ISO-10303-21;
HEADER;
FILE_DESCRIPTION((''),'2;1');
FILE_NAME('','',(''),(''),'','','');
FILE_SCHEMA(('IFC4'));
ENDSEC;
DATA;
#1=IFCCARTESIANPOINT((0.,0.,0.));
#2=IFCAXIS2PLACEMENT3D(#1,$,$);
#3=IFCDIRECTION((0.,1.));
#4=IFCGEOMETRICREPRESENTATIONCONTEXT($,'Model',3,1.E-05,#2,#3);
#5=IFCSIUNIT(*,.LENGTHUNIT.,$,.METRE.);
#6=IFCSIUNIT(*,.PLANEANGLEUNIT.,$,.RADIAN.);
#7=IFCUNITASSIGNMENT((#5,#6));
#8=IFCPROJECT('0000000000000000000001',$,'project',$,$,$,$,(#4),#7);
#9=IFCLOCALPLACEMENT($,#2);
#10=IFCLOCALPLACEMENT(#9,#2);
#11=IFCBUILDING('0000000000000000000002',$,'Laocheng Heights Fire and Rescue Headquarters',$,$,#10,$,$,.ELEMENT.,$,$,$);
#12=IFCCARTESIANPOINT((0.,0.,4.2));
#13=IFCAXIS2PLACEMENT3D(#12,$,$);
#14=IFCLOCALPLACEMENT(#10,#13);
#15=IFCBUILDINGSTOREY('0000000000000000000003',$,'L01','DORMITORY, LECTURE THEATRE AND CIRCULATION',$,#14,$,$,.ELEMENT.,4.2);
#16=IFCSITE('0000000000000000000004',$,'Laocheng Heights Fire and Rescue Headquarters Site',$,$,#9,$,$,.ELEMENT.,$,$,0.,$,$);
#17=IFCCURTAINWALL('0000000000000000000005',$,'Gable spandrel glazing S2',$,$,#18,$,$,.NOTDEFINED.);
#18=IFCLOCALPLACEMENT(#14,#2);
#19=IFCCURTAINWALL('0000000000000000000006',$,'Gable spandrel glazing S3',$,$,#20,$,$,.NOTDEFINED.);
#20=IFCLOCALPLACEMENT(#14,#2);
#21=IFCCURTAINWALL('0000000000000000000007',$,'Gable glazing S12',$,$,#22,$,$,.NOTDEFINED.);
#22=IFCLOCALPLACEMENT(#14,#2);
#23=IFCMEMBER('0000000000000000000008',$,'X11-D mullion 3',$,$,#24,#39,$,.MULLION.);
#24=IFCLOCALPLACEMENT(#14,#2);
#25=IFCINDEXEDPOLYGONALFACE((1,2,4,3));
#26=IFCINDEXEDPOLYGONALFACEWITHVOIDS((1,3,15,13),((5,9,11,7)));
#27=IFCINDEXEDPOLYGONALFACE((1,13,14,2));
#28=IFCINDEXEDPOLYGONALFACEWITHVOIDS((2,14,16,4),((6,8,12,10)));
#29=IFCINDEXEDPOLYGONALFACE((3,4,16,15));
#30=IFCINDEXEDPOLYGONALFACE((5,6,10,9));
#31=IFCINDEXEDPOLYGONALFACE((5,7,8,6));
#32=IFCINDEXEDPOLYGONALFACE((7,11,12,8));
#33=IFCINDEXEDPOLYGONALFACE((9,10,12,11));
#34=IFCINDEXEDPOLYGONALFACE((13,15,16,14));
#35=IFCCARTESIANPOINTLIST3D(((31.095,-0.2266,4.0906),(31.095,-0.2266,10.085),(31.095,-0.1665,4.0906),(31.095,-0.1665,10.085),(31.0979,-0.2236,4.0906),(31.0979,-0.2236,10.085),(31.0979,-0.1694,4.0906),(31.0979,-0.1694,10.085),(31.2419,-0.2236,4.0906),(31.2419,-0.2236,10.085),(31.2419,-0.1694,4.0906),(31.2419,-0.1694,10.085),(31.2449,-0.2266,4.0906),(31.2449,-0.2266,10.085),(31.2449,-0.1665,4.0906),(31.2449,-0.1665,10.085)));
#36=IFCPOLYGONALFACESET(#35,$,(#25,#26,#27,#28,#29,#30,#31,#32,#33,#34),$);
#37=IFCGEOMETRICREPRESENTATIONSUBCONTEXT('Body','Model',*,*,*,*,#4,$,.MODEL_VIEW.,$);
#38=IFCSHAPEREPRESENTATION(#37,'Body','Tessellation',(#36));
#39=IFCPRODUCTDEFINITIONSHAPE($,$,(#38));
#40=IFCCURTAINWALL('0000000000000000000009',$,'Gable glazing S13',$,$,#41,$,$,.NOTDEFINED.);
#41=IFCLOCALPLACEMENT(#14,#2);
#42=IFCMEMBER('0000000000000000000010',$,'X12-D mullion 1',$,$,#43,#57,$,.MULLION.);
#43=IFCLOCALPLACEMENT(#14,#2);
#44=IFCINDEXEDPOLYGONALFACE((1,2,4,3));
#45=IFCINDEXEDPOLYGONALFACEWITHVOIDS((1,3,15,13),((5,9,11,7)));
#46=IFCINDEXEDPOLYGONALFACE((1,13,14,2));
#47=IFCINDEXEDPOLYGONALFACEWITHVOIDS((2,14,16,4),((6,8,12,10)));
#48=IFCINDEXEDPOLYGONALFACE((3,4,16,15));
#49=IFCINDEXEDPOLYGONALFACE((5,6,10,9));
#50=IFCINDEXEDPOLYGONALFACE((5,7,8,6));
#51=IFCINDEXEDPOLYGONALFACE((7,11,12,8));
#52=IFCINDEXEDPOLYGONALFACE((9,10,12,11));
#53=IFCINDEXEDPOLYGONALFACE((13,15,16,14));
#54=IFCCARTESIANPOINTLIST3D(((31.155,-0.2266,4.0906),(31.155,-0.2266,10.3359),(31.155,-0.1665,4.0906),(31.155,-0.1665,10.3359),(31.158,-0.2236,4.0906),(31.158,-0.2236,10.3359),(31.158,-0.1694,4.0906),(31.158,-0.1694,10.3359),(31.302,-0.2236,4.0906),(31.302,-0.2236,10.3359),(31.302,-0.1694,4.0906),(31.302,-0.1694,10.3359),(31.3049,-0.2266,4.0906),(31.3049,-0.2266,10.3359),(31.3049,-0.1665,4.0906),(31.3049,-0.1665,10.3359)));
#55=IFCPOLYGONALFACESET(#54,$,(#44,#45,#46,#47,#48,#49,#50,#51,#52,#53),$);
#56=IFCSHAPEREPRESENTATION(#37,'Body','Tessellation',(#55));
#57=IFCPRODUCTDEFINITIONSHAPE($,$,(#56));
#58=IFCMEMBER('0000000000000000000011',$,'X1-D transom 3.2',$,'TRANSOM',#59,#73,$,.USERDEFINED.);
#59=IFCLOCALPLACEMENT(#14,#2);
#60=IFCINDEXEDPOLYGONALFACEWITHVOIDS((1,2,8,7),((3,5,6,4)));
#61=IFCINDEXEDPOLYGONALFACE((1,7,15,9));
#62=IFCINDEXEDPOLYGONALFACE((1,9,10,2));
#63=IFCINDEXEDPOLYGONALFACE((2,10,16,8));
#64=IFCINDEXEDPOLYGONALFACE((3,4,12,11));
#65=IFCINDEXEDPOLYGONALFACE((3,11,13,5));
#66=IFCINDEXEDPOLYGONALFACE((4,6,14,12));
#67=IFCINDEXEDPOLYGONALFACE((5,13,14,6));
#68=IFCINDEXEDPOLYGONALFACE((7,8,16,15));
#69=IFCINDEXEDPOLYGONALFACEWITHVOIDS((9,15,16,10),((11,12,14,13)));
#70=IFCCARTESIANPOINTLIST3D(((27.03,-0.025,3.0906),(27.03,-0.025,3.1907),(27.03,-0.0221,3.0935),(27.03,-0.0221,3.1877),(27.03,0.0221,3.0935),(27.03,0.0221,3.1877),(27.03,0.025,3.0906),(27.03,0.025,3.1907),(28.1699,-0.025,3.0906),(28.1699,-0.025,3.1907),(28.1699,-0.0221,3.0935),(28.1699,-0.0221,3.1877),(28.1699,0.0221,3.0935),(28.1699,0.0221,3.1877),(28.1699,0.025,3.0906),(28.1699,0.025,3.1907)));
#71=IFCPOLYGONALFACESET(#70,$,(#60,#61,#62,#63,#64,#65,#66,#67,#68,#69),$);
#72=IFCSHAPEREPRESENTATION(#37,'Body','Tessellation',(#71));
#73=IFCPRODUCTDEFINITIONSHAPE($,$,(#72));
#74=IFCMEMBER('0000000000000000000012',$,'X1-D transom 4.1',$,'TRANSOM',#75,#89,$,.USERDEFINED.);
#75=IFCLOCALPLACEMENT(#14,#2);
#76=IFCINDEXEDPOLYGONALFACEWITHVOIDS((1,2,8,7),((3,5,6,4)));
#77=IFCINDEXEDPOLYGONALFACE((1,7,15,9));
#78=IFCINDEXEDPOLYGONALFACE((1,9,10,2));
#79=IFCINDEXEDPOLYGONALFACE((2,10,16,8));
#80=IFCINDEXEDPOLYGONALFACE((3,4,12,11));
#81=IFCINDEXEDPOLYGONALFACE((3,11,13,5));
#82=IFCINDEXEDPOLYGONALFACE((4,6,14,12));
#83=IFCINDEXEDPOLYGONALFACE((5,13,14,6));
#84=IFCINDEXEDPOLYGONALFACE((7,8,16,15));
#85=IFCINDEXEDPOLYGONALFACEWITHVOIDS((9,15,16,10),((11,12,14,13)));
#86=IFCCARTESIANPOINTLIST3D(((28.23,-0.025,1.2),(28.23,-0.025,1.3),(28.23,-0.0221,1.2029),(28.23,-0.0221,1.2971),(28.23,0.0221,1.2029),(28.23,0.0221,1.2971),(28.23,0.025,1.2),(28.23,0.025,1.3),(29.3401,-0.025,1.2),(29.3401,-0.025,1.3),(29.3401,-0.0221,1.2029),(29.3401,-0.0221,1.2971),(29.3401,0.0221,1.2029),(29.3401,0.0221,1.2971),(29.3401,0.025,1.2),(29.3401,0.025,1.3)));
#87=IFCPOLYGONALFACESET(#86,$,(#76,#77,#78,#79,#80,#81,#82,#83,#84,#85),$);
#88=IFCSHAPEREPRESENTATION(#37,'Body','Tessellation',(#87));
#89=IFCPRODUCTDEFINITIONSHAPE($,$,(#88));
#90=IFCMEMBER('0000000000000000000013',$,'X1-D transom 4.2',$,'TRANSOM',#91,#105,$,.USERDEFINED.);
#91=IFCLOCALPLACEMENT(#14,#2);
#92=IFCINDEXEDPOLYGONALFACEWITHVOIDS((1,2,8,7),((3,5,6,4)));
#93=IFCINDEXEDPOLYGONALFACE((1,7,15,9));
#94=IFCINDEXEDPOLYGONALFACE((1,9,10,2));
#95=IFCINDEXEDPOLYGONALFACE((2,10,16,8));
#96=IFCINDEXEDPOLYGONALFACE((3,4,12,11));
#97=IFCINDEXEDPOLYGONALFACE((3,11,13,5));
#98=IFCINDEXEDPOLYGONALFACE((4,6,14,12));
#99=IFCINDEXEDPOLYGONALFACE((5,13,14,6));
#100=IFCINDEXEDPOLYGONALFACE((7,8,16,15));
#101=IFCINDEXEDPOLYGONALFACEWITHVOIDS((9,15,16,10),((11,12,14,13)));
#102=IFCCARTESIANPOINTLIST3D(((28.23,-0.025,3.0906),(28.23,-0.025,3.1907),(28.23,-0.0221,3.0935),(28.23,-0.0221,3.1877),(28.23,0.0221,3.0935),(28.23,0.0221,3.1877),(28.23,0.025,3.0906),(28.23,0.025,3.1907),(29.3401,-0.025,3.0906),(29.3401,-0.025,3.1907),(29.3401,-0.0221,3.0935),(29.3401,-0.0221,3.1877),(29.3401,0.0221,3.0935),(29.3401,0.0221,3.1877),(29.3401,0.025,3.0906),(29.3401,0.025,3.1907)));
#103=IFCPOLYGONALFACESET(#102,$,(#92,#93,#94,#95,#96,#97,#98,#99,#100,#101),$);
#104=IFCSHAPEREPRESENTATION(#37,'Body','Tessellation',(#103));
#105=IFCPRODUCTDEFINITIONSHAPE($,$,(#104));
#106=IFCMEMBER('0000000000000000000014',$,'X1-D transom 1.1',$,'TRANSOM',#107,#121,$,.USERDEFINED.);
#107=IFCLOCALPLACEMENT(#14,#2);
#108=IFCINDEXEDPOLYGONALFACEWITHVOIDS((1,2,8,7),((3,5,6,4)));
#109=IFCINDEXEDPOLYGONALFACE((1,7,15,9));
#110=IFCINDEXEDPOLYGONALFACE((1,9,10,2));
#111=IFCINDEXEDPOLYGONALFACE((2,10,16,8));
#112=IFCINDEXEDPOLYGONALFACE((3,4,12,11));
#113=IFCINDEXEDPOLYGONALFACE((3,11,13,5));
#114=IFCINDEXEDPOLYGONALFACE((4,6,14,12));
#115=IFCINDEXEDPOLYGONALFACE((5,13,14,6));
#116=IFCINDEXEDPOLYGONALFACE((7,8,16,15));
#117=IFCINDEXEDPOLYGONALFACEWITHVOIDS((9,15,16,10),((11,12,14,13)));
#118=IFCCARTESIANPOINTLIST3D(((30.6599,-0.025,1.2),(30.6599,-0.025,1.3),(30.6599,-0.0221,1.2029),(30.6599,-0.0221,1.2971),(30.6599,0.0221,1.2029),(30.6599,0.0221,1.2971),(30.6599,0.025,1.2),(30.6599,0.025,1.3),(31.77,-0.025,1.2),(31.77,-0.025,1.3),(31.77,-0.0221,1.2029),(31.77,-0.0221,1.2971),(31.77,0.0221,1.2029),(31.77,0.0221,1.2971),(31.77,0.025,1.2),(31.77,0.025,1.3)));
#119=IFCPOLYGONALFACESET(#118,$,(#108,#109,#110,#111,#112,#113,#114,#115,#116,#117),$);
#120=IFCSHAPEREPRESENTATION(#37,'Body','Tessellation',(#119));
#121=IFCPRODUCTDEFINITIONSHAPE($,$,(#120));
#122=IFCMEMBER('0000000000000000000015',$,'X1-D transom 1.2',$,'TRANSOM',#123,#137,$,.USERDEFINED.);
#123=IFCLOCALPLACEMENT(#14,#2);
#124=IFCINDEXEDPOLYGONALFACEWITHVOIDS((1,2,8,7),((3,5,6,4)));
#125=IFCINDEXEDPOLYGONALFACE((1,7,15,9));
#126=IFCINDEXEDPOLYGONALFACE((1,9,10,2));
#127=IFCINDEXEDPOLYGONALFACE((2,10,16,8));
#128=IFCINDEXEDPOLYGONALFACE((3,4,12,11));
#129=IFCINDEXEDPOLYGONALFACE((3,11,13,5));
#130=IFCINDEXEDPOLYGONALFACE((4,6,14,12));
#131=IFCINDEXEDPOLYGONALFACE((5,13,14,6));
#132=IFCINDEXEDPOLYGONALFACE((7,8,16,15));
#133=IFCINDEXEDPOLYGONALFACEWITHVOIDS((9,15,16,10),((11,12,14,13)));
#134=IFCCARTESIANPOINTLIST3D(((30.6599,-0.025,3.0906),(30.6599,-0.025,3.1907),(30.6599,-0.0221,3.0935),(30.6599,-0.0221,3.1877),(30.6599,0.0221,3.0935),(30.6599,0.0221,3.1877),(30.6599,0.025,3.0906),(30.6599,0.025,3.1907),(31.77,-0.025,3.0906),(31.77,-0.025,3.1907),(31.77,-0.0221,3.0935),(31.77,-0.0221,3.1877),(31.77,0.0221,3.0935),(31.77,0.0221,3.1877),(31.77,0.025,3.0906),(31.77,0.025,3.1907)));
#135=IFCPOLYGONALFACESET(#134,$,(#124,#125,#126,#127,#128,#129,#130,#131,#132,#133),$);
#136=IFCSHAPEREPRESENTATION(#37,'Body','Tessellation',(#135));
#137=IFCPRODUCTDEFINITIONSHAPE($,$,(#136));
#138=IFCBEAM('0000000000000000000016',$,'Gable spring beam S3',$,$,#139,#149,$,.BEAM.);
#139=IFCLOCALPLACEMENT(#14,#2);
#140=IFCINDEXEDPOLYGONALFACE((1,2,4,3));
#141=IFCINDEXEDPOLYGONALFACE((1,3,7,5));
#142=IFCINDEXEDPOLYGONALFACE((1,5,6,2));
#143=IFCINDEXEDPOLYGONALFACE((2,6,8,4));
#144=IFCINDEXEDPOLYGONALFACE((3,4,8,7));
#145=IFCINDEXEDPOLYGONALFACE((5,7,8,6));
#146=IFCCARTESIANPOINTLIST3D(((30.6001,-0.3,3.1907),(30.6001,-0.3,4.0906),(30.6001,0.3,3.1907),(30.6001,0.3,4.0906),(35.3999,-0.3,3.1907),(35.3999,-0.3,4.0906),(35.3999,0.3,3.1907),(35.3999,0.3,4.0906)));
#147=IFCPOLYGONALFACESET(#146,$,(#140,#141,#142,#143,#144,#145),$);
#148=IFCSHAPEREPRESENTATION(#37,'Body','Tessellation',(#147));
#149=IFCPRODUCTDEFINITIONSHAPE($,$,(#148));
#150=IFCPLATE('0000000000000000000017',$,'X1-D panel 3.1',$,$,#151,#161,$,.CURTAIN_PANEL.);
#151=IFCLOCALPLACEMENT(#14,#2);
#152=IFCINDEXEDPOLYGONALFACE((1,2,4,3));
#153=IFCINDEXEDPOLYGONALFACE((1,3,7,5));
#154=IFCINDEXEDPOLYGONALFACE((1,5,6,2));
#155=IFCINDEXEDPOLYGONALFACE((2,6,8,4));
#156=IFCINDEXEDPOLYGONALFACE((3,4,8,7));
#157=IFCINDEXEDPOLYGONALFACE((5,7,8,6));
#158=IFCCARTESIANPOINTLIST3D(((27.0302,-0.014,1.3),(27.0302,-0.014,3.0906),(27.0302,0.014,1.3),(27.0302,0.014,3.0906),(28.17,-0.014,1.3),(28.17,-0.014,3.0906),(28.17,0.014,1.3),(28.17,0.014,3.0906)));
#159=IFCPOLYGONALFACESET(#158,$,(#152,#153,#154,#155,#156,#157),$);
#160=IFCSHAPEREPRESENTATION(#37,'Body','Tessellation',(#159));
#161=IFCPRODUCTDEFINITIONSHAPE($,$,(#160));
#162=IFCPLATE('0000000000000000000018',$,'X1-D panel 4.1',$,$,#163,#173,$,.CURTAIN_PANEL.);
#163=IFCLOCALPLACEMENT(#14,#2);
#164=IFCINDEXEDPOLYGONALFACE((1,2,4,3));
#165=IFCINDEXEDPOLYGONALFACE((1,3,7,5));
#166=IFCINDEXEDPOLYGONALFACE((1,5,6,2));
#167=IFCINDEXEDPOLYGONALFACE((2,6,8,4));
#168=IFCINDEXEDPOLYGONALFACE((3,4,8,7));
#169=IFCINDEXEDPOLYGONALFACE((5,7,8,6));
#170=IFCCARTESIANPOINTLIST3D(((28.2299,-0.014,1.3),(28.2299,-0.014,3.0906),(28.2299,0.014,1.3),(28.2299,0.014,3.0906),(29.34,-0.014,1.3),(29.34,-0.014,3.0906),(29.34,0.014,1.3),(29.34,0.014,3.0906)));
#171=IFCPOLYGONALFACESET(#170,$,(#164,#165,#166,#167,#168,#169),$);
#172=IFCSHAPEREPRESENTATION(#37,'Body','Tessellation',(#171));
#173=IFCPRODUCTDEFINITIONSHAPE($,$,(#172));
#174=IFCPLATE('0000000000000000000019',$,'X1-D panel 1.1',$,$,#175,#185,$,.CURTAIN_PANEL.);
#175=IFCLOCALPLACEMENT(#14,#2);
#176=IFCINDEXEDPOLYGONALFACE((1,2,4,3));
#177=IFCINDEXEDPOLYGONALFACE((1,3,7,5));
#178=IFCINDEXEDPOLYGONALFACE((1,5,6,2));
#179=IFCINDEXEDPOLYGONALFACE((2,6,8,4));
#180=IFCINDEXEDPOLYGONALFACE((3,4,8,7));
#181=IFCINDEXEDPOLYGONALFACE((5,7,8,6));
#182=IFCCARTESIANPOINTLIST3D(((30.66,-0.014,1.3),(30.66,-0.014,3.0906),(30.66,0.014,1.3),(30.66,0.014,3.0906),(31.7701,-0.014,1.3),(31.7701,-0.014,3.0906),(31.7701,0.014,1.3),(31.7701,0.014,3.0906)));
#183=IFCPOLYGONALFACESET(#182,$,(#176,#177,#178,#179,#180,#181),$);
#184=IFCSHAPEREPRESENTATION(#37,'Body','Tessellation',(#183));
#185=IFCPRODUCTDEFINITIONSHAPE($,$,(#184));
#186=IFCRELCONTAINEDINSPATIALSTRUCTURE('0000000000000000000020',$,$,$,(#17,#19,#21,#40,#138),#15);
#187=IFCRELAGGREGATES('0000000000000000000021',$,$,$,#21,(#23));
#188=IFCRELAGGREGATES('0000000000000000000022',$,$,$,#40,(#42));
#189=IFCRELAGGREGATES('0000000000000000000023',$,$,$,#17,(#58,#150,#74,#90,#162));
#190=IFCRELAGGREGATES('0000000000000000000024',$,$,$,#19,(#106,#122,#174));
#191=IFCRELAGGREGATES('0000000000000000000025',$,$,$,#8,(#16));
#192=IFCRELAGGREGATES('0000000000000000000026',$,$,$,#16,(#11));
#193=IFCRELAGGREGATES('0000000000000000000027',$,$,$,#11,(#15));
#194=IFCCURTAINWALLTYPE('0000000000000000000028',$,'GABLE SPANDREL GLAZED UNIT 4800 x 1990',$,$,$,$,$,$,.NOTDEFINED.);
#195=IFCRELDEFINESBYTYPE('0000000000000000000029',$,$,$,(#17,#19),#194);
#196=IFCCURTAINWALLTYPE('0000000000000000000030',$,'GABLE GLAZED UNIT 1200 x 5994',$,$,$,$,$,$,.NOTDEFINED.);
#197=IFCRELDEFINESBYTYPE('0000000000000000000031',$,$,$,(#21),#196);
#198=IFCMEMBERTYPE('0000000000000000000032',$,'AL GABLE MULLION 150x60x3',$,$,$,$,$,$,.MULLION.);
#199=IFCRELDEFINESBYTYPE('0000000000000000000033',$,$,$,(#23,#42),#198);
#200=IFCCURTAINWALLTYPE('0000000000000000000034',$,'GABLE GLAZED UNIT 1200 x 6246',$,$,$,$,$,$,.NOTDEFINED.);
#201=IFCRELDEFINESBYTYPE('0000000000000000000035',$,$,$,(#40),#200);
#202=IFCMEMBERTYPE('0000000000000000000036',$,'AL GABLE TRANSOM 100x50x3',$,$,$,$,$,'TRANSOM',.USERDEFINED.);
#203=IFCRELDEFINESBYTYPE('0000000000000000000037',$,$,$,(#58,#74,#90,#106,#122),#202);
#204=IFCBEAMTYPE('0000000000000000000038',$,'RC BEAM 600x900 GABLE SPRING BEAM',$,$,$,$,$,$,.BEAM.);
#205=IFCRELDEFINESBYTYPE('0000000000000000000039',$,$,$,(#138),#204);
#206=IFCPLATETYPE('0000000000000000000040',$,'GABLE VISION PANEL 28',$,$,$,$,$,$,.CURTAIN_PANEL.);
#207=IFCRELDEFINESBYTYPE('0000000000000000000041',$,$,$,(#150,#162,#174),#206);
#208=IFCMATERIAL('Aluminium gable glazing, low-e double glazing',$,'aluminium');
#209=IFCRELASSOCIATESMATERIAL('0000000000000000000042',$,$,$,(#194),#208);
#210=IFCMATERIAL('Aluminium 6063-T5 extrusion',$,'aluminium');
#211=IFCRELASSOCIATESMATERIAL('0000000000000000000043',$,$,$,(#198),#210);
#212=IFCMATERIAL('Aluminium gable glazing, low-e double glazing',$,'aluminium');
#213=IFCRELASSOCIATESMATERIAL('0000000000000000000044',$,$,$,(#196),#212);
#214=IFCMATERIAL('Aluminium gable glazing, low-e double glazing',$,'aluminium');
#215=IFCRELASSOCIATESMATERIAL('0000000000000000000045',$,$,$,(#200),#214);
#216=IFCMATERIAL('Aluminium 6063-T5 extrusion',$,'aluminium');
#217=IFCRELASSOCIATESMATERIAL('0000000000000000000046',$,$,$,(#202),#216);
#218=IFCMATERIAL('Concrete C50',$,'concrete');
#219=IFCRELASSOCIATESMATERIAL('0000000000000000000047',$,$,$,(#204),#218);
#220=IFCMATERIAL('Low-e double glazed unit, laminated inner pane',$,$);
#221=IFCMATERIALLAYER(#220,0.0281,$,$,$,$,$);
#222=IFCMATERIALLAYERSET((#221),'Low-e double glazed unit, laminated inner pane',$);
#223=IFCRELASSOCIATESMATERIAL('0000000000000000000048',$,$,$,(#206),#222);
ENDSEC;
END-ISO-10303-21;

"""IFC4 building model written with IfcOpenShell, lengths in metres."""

from ifc_helpers import new_model, si_unit, direction, frame, origin, origin_2d, place, context, subcontext, project, spatial, rectangle, hollow_rectangle, extrude, material, layer, layer_set, material_profile, profile_set, type_object, element, aggregate, save


model = new_model("IFC4")

# Units and contexts
model_context = context("Model", 3, precision=1e-05, world=origin(), true_north=direction((0.0, 1.0)))
body_context = subcontext(model_context, "Body", "Model", "MODEL_VIEW")
ifc_project = project(units=[si_unit("LENGTHUNIT", "METRE"), si_unit("PLANEANGLEUNIT", "RADIAN")], contexts=[model_context])

# Site, building, storey
site_placement = place(None, origin())
site = spatial("IfcSite", under=ifc_project, at=site_placement, Name="Laocheng Heights Fire and Rescue Headquarters Site", CompositionType="ELEMENT", RefElevation=0.0)
building_placement = place(site_placement, origin())
building = spatial("IfcBuilding", under=site, at=building_placement, Name="Laocheng Heights Fire and Rescue Headquarters", CompositionType="ELEMENT")
storey_placement = place(building_placement, frame((0.0, 0.0, 4.2)))
storey = spatial("IfcBuildingStorey", under=building, at=storey_placement, Name="L01", Description="DORMITORY, LECTURE THEATRE AND CIRCULATION", CompositionType="ELEMENT", Elevation=4.2)

# Curtain walls
ifc_material_1 = material(Name="Aluminium gable glazing, low-e double glazing", Category="aluminium")
curtain_wall_type_1 = type_object("IfcCurtainWallType", Name="GABLE SPANDREL GLAZED UNIT 4800 x 1990", PredefinedType="NOTDEFINED", material=ifc_material_1)
curtain_wall_1_placement = place(storey_placement, origin())
curtain_wall_1 = element("IfcCurtainWall", 1, at=curtain_wall_1_placement, inside=storey, type_object=curtain_wall_type_1, Name="Gable spandrel glazing S2", PredefinedType="NOTDEFINED")
ifc_material_2 = material(Name="Aluminium 6063-T5 extrusion", Category="aluminium")
ifc_material_profile_1 = material_profile(ifc_material_2, hollow_rectangle(XDim=0.0601, YDim=0.1499, WallThickness=0.0029, at=origin_2d()), Name="AL MULLION 150x60x3")
ifc_profile_set_1 = profile_set([ifc_material_profile_1], Name="Aluminium 6063-T5 extrusion")
member_type_1 = type_object("IfcMemberType", Name="AL GABLE MULLION 150x60x3", PredefinedType="MULLION", material=ifc_profile_set_1)
curtain_wall_2_placement = place(storey_placement, origin())
curtain_wall_2 = element("IfcCurtainWall", 2, at=curtain_wall_2_placement, inside=storey, type_object=curtain_wall_type_1, Name="Gable spandrel glazing S3", PredefinedType="NOTDEFINED")

# Curtain wall, member
ifc_material_3 = material(Name="Aluminium gable glazing, low-e double glazing", Category="aluminium")
curtain_wall_type_2 = type_object("IfcCurtainWallType", Name="GABLE GLAZED UNIT 1200 x 5994", PredefinedType="NOTDEFINED", material=ifc_material_3)
curtain_wall_3_placement = place(storey_placement, origin())
curtain_wall_3 = element("IfcCurtainWall", 3, at=curtain_wall_3_placement, inside=storey, type_object=curtain_wall_type_2, Name="Gable glazing S12", PredefinedType="NOTDEFINED")
member_1_placement = place(storey_placement, frame((31.1699, -0.1965, 4.0906), z_axis=(0.0, 0.0, 1.0), x_axis=(0.0, 1.0, 0.0)))
member_1 = element("IfcMember", 4, at=member_1_placement, type_object=member_type_1, Name="X11-D mullion 3", PredefinedType="MULLION", context=body_context, shape_type="SweptSolid", body=[
    extrude(hollow_rectangle(XDim=0.0601, YDim=0.1499, WallThickness=0.0029, at=origin_2d()), origin(), (0.0, 0.0, 1.0), 5.9944),
])
aggregate(curtain_wall_3, [member_1])

# Curtain wall, member
ifc_material_4 = material(Name="Aluminium gable glazing, low-e double glazing", Category="aluminium")
curtain_wall_type_3 = type_object("IfcCurtainWallType", Name="GABLE GLAZED UNIT 1200 x 6246", PredefinedType="NOTDEFINED", material=ifc_material_4)
curtain_wall_4_placement = place(storey_placement, origin())
curtain_wall_4 = element("IfcCurtainWall", 5, at=curtain_wall_4_placement, inside=storey, type_object=curtain_wall_type_3, Name="Gable glazing S13", PredefinedType="NOTDEFINED")
member_2_placement = place(storey_placement, frame((31.23, -0.1965, 4.0906), z_axis=(0.0, 0.0, 1.0), x_axis=(0.0, 1.0, 0.0)))
member_2 = element("IfcMember", 6, at=member_2_placement, type_object=member_type_1, Name="X12-D mullion 1", PredefinedType="MULLION", context=body_context, shape_type="SweptSolid", body=[
    extrude(hollow_rectangle(XDim=0.0601, YDim=0.1499, WallThickness=0.0029, at=origin_2d()), origin(), (0.0, 0.0, 1.0), 6.2454),
])
aggregate(curtain_wall_4, [member_2])

# Members
ifc_material_5 = material(Name="Aluminium 6063-T5 extrusion", Category="aluminium")
ifc_material_profile_2 = material_profile(ifc_material_5, hollow_rectangle(XDim=0.05, YDim=0.1001, WallThickness=0.0029, at=origin_2d()), Name="AL TRANSOM 100x50x3")
ifc_profile_set_2 = profile_set([ifc_material_profile_2], Name="Aluminium 6063-T5 extrusion")
member_type_2 = type_object("IfcMemberType", Name="AL GABLE TRANSOM 100x50x3", ElementType="TRANSOM", PredefinedType="USERDEFINED", material=ifc_profile_set_2)
member_3_placement = place(storey_placement, frame((27.03, 0.0, 3.1406), z_axis=(1.0, 0.0, 0.0), x_axis=(0.0, 1.0, 0.0)))
member_3 = element("IfcMember", 7, at=member_3_placement, type_object=member_type_2, Name="X1-D transom 3.2", ObjectType="TRANSOM", PredefinedType="USERDEFINED", context=body_context, shape_type="SweptSolid", body=[
    extrude(hollow_rectangle(XDim=0.05, YDim=0.1001, WallThickness=0.0029, at=origin_2d()), origin(), (0.0, 0.0, 1.0), 1.1399),
])
member_4_placement = place(storey_placement, frame((28.23, 0.0, 1.25), z_axis=(1.0, 0.0, 0.0), x_axis=(0.0, 1.0, 0.0)))
member_4 = element("IfcMember", 8, at=member_4_placement, type_object=member_type_2, Name="X1-D transom 4.1", ObjectType="TRANSOM", PredefinedType="USERDEFINED", context=body_context, shape_type="SweptSolid", body=[
    extrude(hollow_rectangle(XDim=0.05, YDim=0.1001, WallThickness=0.0029, at=origin_2d()), origin(), (0.0, 0.0, 1.0), 1.1101),
])
member_5_placement = place(storey_placement, frame((28.23, 0.0, 3.1406), z_axis=(1.0, 0.0, 0.0), x_axis=(0.0, 1.0, 0.0)))
member_5 = element("IfcMember", 9, at=member_5_placement, type_object=member_type_2, Name="X1-D transom 4.2", ObjectType="TRANSOM", PredefinedType="USERDEFINED", context=body_context, shape_type="SweptSolid", body=[
    extrude(hollow_rectangle(XDim=0.05, YDim=0.1001, WallThickness=0.0029, at=origin_2d()), origin(), (0.0, 0.0, 1.0), 1.1101),
])
member_6_placement = place(storey_placement, frame((30.6599, 0.0, 1.25), z_axis=(1.0, 0.0, 0.0), x_axis=(0.0, 1.0, 0.0)))
member_6 = element("IfcMember", 10, at=member_6_placement, type_object=member_type_2, Name="X1-D transom 1.1", ObjectType="TRANSOM", PredefinedType="USERDEFINED", context=body_context, shape_type="SweptSolid", body=[
    extrude(hollow_rectangle(XDim=0.05, YDim=0.1001, WallThickness=0.0029, at=origin_2d()), origin(), (0.0, 0.0, 1.0), 1.1101),
])
member_7_placement = place(storey_placement, frame((30.6599, 0.0, 3.1406), z_axis=(1.0, 0.0, 0.0), x_axis=(0.0, 1.0, 0.0)))
member_7 = element("IfcMember", 11, at=member_7_placement, type_object=member_type_2, Name="X1-D transom 1.2", ObjectType="TRANSOM", PredefinedType="USERDEFINED", context=body_context, shape_type="SweptSolid", body=[
    extrude(hollow_rectangle(XDim=0.05, YDim=0.1001, WallThickness=0.0029, at=origin_2d()), origin(), (0.0, 0.0, 1.0), 1.1101),
])

# Beam
ifc_material_6 = material(Name="Concrete C50", Category="concrete")
ifc_material_profile_3 = material_profile(ifc_material_6, rectangle(XDim=0.6001, YDim=0.8999, at=origin_2d()), Name="RC BEAM 600x900 GABLE SPRING BEAM")
ifc_profile_set_3 = profile_set([ifc_material_profile_3], Name="Concrete C50")
beam_type = type_object("IfcBeamType", Name="RC BEAM 600x900 GABLE SPRING BEAM", PredefinedType="BEAM", material=ifc_profile_set_3)
beam_placement = place(storey_placement, frame((30.6001, 0.0, 3.6406), z_axis=(1.0, 0.0, 0.0), x_axis=(0.0, 1.0, 0.0)))
element("IfcBeam", 12, at=beam_placement, inside=storey, type_object=beam_type, Name="Gable spring beam S3", PredefinedType="BEAM", context=body_context, shape_type="SweptSolid", body=[
    extrude(rectangle(XDim=0.6001, YDim=0.8999, at=origin_2d()), origin(), (0.0, 0.0, 1.0), 4.7998),
])

# Plates
ifc_material_7 = material(Name="Low-e double glazed unit, laminated inner pane")
ifc_layer = layer(ifc_material_7, 0.0281)
ifc_layer_set = layer_set([ifc_layer], Name="Low-e double glazed unit, laminated inner pane")
plate_type = type_object("IfcPlateType", Name="GABLE VISION PANEL 28", PredefinedType="CURTAIN_PANEL", material=ifc_layer_set)
plate_1_placement = place(storey_placement, frame((27.6001, 0.0, 1.3), z_axis=(0.0, 0.0, 1.0), x_axis=(1.0, 0.0, 0.0)))
plate_1 = element("IfcPlate", 13, at=plate_1_placement, type_object=plate_type, Name="X1-D panel 3.1", PredefinedType="CURTAIN_PANEL", context=body_context, shape_type="SweptSolid", body=[
    extrude(rectangle(XDim=1.1399, YDim=0.0281, at=origin_2d()), origin(), (0.0, 0.0, 1.0), 1.7905),
])
plate_2_placement = place(storey_placement, frame((28.7849, 0.0, 1.3), z_axis=(0.0, 0.0, 1.0), x_axis=(1.0, 0.0, 0.0)))
plate_2 = element("IfcPlate", 14, at=plate_2_placement, type_object=plate_type, Name="X1-D panel 4.1", PredefinedType="CURTAIN_PANEL", context=body_context, shape_type="SweptSolid", body=[
    extrude(rectangle(XDim=1.1101, YDim=0.0281, at=origin_2d()), origin(), (0.0, 0.0, 1.0), 1.7905),
])
aggregate(curtain_wall_1, [member_3, plate_1, member_4, member_5, plate_2])
plate_3_placement = place(storey_placement, frame((31.2151, 0.0, 1.3), z_axis=(0.0, 0.0, 1.0), x_axis=(1.0, 0.0, 0.0)))
plate_3 = element("IfcPlate", 15, at=plate_3_placement, type_object=plate_type, Name="X1-D panel 1.1", PredefinedType="CURTAIN_PANEL", context=body_context, shape_type="SweptSolid", body=[
    extrude(rectangle(XDim=1.1101, YDim=0.0281, at=origin_2d()), origin(), (0.0, 0.0, 1.0), 1.7905),
])
aggregate(curtain_wall_2, [member_6, member_7, plate_3])

save(model, "model.ifc")
